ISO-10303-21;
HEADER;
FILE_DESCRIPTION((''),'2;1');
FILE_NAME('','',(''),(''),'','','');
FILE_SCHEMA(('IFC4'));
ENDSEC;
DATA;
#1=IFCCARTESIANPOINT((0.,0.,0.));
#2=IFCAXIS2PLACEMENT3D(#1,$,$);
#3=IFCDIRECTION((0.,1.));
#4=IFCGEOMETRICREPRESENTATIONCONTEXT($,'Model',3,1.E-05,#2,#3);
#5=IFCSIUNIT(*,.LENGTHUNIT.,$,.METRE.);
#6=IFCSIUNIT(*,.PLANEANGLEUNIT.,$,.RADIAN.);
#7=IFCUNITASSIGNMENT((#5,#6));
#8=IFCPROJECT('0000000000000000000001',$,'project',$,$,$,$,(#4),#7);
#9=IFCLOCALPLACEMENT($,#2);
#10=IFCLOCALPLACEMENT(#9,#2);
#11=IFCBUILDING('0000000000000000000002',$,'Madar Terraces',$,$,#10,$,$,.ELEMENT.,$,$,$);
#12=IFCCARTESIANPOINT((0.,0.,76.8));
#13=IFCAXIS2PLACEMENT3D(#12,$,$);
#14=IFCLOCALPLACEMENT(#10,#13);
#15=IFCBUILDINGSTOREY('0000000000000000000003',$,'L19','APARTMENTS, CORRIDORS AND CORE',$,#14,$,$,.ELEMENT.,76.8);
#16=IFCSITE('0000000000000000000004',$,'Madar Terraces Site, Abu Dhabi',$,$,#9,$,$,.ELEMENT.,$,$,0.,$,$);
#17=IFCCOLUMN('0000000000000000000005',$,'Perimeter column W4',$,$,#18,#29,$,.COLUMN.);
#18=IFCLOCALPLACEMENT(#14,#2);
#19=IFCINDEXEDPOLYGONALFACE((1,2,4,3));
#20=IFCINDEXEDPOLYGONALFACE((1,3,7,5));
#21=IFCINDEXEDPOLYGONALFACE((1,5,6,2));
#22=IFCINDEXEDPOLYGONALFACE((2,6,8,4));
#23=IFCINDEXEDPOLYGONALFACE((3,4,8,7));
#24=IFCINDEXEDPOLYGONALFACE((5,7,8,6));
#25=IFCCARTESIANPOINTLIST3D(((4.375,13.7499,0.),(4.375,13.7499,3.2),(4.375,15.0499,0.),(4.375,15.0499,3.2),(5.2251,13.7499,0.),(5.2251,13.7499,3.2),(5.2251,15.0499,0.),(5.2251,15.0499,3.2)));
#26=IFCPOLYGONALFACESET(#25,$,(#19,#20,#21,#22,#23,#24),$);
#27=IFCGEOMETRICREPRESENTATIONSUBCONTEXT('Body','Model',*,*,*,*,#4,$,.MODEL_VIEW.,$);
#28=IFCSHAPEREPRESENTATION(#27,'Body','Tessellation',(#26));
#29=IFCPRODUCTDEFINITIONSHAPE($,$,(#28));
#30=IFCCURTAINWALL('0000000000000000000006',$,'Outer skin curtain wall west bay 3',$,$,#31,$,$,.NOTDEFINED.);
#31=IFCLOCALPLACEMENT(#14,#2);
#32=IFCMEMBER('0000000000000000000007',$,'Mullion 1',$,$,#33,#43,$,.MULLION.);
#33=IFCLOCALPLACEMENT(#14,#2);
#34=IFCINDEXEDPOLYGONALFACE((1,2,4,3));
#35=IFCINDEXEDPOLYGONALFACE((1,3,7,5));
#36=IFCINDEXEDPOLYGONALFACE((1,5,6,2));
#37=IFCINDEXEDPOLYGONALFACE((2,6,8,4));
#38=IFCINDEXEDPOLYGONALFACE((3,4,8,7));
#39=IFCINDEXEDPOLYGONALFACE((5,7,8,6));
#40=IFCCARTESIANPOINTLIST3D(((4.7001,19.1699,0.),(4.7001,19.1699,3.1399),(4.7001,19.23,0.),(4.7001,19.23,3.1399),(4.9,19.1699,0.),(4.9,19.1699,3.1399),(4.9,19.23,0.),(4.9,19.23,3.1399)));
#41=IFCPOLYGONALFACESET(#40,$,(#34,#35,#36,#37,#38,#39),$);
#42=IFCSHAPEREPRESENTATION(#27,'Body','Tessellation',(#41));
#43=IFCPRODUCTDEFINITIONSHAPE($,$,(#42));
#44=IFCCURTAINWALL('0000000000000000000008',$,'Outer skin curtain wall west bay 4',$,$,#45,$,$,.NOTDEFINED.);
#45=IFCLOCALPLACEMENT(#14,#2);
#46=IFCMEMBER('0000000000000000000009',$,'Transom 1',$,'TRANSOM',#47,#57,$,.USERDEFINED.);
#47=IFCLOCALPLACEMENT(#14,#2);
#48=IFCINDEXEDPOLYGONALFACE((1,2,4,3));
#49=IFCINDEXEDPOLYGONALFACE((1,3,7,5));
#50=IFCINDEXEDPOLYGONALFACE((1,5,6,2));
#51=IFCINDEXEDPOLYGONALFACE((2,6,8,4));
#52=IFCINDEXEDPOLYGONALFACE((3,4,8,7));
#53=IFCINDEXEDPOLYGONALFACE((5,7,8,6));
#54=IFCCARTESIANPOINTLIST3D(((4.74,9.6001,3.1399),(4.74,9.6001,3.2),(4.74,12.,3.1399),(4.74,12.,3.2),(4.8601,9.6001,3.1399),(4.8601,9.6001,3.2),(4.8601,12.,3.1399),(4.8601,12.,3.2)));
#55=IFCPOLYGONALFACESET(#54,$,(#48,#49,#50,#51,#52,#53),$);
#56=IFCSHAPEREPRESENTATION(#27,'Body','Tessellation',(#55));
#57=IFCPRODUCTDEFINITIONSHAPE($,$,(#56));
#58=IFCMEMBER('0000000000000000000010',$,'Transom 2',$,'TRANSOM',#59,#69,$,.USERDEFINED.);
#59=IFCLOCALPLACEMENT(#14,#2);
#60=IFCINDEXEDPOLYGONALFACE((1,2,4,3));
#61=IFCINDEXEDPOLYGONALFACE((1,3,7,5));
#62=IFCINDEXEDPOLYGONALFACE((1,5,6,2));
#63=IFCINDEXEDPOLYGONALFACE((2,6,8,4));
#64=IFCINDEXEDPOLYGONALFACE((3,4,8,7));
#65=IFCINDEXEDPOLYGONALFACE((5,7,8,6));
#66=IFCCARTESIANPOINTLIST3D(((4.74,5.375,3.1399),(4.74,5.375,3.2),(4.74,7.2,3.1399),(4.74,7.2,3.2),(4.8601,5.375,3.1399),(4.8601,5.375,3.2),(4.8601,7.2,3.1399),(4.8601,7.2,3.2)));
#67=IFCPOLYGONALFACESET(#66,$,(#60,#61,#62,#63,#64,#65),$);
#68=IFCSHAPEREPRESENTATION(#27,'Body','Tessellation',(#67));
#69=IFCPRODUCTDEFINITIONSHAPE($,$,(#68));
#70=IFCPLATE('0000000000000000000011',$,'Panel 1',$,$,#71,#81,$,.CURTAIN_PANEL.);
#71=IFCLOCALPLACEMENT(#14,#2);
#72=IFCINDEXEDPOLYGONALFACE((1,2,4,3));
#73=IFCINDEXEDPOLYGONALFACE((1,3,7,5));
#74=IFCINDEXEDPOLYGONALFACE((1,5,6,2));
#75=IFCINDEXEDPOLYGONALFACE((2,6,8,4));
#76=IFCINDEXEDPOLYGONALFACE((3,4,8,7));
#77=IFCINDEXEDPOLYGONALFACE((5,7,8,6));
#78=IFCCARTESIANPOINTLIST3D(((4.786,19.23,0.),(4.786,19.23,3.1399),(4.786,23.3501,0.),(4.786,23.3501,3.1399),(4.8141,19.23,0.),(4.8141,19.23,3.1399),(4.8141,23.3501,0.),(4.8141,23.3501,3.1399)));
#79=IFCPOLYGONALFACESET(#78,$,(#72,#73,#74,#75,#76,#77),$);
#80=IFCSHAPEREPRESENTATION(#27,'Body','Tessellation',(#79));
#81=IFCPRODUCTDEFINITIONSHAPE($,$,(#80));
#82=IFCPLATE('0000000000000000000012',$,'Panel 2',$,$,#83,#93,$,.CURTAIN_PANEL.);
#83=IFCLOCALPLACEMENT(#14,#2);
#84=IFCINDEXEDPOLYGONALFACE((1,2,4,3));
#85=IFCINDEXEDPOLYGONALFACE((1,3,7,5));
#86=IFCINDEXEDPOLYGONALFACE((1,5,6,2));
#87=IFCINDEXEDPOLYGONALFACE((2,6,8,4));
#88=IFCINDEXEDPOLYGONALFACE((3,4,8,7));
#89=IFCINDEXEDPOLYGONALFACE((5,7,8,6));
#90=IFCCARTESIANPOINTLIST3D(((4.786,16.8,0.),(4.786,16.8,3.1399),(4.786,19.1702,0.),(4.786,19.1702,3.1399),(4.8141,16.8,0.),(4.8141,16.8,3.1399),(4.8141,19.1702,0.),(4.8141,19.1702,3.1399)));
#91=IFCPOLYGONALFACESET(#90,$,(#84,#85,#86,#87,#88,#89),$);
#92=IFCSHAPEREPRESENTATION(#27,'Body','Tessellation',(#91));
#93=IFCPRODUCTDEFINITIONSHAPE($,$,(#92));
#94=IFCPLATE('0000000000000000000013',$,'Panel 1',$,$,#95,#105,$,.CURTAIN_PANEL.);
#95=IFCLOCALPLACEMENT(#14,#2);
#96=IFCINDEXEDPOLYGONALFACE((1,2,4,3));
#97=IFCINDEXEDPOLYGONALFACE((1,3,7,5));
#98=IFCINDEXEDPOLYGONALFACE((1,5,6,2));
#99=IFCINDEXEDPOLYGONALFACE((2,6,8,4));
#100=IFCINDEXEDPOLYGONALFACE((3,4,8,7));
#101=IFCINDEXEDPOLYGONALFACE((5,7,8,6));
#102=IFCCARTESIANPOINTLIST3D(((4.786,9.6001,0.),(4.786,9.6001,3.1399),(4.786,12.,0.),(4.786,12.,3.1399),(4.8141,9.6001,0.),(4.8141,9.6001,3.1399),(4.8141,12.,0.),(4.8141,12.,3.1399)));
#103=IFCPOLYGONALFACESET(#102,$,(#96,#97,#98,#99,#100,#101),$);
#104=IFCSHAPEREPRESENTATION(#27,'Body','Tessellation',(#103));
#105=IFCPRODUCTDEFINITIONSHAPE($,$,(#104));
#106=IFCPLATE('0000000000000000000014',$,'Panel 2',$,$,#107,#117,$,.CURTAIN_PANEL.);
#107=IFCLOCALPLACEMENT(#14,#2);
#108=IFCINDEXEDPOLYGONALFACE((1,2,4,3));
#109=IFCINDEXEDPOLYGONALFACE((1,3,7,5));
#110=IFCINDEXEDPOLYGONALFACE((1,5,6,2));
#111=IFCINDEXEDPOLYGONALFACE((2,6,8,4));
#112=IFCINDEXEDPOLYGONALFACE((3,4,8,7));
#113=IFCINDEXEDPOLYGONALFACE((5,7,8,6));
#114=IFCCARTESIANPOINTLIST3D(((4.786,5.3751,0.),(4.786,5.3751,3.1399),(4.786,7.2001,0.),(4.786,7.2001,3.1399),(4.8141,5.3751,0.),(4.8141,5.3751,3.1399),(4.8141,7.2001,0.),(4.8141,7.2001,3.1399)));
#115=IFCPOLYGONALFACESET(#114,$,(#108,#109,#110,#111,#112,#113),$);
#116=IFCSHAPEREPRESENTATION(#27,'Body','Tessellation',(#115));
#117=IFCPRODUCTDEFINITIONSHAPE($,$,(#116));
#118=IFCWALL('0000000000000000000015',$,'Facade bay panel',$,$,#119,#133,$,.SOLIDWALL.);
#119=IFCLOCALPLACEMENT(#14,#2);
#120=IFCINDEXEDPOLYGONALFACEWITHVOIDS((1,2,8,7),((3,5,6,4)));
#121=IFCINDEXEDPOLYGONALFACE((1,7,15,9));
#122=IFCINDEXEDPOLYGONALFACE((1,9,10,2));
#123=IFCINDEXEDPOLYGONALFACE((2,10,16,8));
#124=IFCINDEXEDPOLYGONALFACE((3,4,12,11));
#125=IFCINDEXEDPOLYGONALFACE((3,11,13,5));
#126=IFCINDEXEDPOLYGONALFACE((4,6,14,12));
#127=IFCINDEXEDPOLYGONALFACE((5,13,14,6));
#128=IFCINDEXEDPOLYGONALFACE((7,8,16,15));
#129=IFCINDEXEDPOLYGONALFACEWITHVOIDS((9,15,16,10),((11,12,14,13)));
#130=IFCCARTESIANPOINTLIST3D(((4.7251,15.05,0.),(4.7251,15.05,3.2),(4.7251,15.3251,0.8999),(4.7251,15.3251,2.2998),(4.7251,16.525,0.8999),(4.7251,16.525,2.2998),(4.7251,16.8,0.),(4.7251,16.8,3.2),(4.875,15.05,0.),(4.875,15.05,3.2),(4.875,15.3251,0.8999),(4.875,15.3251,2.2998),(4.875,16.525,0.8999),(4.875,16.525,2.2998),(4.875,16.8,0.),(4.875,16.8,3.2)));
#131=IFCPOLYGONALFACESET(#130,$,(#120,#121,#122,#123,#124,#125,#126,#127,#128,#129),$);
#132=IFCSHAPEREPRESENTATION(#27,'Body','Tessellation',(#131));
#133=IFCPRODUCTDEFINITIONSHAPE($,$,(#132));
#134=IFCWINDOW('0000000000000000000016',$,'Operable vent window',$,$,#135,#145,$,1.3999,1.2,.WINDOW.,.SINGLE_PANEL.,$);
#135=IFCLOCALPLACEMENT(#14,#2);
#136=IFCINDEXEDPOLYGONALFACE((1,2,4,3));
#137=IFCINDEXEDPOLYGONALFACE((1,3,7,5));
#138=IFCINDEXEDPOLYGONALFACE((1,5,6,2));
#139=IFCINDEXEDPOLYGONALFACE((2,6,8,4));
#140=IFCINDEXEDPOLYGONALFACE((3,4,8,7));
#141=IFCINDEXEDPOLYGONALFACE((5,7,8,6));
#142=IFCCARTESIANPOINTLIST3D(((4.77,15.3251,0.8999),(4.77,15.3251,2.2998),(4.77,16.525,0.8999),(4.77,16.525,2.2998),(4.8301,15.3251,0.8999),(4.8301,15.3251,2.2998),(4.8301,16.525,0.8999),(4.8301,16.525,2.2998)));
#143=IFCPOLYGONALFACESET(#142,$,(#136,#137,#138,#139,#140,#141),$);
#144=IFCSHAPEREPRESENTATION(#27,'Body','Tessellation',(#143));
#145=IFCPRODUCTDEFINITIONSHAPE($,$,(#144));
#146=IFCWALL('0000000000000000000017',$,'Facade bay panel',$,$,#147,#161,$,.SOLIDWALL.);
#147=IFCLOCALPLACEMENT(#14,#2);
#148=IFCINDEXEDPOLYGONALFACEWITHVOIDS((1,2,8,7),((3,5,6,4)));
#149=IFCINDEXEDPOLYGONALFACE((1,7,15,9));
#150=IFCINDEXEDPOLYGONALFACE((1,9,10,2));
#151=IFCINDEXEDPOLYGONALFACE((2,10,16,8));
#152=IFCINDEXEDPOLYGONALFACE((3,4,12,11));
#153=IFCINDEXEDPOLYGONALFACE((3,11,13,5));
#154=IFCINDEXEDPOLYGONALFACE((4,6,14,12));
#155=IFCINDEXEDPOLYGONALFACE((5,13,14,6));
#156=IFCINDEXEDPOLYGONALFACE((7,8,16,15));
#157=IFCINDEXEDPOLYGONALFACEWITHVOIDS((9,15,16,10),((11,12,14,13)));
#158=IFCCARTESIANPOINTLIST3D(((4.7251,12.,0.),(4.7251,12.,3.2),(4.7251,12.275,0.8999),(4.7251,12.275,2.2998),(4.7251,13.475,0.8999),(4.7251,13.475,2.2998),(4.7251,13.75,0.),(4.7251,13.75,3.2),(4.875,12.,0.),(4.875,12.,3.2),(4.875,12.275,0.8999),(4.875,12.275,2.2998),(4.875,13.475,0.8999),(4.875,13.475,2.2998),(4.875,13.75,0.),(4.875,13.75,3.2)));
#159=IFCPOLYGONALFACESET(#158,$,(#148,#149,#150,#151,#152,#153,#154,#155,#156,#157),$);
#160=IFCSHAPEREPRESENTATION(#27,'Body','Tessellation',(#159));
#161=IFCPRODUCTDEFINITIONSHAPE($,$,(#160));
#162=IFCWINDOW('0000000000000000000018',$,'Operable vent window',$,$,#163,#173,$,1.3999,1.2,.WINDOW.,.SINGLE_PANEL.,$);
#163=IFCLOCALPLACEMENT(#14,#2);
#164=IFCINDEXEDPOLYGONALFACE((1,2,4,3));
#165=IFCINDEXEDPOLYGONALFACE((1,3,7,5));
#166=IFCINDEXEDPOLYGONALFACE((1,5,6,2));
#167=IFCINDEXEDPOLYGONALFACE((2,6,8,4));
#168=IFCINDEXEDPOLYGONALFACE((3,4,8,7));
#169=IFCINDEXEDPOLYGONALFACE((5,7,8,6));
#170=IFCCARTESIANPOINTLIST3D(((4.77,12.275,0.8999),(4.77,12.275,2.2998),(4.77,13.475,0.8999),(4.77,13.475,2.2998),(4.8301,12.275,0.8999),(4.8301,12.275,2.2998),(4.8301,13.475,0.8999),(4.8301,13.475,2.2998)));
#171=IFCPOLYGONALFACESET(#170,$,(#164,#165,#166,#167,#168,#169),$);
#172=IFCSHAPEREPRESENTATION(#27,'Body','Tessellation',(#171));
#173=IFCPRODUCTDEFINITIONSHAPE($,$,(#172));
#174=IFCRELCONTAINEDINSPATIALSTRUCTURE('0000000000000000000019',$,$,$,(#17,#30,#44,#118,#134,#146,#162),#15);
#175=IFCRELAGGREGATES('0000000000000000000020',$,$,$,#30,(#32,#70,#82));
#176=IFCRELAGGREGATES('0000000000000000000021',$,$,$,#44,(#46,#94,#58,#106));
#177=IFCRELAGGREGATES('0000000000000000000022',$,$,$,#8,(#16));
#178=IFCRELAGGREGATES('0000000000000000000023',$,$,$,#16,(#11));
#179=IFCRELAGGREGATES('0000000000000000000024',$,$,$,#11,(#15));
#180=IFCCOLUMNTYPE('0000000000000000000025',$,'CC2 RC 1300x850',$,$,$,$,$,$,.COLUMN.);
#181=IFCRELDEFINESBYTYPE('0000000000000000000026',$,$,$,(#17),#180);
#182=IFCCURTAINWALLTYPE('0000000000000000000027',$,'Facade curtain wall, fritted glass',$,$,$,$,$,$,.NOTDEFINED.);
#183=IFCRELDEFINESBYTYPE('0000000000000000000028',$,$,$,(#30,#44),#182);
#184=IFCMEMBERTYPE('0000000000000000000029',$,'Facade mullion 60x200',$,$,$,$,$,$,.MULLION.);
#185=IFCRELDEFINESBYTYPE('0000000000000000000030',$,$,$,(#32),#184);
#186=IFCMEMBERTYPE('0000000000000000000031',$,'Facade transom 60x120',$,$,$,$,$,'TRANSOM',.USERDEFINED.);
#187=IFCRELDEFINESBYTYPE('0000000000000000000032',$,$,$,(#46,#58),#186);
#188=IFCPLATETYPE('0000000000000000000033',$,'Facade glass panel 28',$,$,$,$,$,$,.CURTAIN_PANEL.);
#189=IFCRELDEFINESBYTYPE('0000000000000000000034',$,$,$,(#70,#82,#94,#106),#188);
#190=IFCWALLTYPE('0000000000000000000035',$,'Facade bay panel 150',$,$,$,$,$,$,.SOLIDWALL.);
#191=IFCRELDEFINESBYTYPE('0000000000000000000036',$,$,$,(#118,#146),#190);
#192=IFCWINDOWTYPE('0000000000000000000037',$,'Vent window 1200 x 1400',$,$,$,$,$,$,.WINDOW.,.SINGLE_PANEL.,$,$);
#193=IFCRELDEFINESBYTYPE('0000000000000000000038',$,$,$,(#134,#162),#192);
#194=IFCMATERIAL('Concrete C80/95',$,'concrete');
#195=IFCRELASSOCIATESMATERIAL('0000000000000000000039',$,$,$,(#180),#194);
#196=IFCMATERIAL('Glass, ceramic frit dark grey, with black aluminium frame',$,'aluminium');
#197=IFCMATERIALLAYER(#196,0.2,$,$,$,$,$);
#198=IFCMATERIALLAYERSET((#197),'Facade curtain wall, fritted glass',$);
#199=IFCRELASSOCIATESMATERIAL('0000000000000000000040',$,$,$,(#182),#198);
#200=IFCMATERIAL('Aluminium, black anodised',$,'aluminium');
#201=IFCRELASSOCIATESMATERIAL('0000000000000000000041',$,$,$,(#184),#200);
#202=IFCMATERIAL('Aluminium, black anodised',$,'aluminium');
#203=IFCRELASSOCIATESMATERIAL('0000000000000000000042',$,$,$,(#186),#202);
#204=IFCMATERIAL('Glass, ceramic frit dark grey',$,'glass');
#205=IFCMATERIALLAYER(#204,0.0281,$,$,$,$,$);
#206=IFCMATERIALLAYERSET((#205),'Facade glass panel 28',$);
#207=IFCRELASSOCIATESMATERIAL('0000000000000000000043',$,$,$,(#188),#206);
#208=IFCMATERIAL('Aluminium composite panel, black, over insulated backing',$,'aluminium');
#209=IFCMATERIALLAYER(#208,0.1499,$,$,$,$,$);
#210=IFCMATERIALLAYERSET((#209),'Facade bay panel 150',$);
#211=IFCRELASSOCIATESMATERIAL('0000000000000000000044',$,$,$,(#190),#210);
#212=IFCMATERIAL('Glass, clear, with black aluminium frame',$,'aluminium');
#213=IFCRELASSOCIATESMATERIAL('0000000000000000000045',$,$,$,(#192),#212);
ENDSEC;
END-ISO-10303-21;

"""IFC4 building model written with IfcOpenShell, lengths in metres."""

from ifc_helpers import new_model, si_unit, direction, frame, frame_2d, origin, origin_2d, place, context, subcontext, project, spatial, rectangle, extrude, material, layer, layer_set, material_profile, profile_set, type_object, element, fill, aggregate, save


model = new_model("IFC4")

# Units and contexts
model_context = context("Model", 3, precision=1e-05, world=origin(), true_north=direction((0.0, 1.0)))
body_context = subcontext(model_context, "Body", "Model", "MODEL_VIEW")
ifc_project = project(units=[si_unit("LENGTHUNIT", "METRE"), si_unit("PLANEANGLEUNIT", "RADIAN")], contexts=[model_context])

# Site, building, storey
site_placement = place(None, origin())
site = spatial("IfcSite", under=ifc_project, at=site_placement, Name="Madar Terraces Site, Abu Dhabi", CompositionType="ELEMENT", RefElevation=0.0)
building_placement = place(site_placement, origin())
building = spatial("IfcBuilding", under=site, at=building_placement, Name="Madar Terraces", CompositionType="ELEMENT")
storey_placement = place(building_placement, frame((0.0, 0.0, 76.8)))
storey = spatial("IfcBuildingStorey", under=building, at=storey_placement, Name="L19", Description="APARTMENTS, CORRIDORS AND CORE", CompositionType="ELEMENT", Elevation=76.8)

# Column
ifc_material_1 = material(Name="Concrete C80/95", Category="concrete")
ifc_material_profile_1 = material_profile(ifc_material_1, rectangle(XDim=1.3, YDim=0.8501, at=origin_2d()), Name="CC2 RC 1300x850")
ifc_profile_set_1 = profile_set([ifc_material_profile_1], Name="Concrete C80/95")
column_type = type_object("IfcColumnType", Name="CC2 RC 1300x850", PredefinedType="COLUMN", material=ifc_profile_set_1)
column_placement = place(storey_placement, frame((4.8, 14.3999, 0.0), z_axis=(0.0, 0.0, 1.0), x_axis=(0.0, 1.0, 0.0)))
element("IfcColumn", 1, at=column_placement, inside=storey, type_object=column_type, Name="Perimeter column W4", PredefinedType="COLUMN", context=body_context, shape_type="SweptSolid", body=[
    extrude(rectangle(XDim=1.3, YDim=0.8501, at=origin_2d()), origin(), (0.0, 0.0, 1.0), 3.2),
])

# Curtain wall, member
ifc_material_2 = material(Name="Glass, ceramic frit dark grey, with black aluminium frame", Category="aluminium")
ifc_layer_1 = layer(ifc_material_2, 0.2)
ifc_layer_set_1 = layer_set([ifc_layer_1], Name="Facade curtain wall, fritted glass")
curtain_wall_type = type_object("IfcCurtainWallType", Name="Facade curtain wall, fritted glass", PredefinedType="NOTDEFINED", material=ifc_layer_set_1)
curtain_wall_1_placement = place(storey_placement, origin())
curtain_wall_1 = element("IfcCurtainWall", 2, at=curtain_wall_1_placement, inside=storey, type_object=curtain_wall_type, Name="Outer skin curtain wall west bay 3", PredefinedType="NOTDEFINED")
ifc_material_3 = material(Name="Aluminium, black anodised", Category="aluminium")
ifc_material_profile_2 = material_profile(ifc_material_3, rectangle(XDim=0.2, YDim=0.0601, at=origin_2d()), Name="Facade mullion 60x200")
ifc_profile_set_2 = profile_set([ifc_material_profile_2], Name="Aluminium, black anodised")
member_type_1 = type_object("IfcMemberType", Name="Facade mullion 60x200", PredefinedType="MULLION", material=ifc_profile_set_2)
member_1_placement = place(storey_placement, frame((4.8, 19.2, 0.0), z_axis=(0.0, 0.0, 1.0), x_axis=(1.0, 0.0, 0.0)))
member_1 = element("IfcMember", 3, at=member_1_placement, type_object=member_type_1, Name="Mullion 1", PredefinedType="MULLION", context=body_context, shape_type="SweptSolid", body=[
    extrude(rectangle(XDim=0.2, YDim=0.0601, at=origin_2d()), origin(), (0.0, 0.0, 1.0), 3.1399),
])

# Curtain wall, members
curtain_wall_2_placement = place(storey_placement, origin())
curtain_wall_2 = element("IfcCurtainWall", 4, at=curtain_wall_2_placement, inside=storey, type_object=curtain_wall_type, Name="Outer skin curtain wall west bay 4", PredefinedType="NOTDEFINED")
ifc_material_4 = material(Name="Aluminium, black anodised", Category="aluminium")
ifc_material_profile_3 = material_profile(ifc_material_4, rectangle(XDim=0.1201, YDim=0.0601, at=origin_2d()), Name="Facade transom 60x120")
ifc_profile_set_3 = profile_set([ifc_material_profile_3], Name="Aluminium, black anodised")
member_type_2 = type_object("IfcMemberType", Name="Facade transom 60x120", ElementType="TRANSOM", PredefinedType="USERDEFINED", material=ifc_profile_set_3)
member_2_placement = place(storey_placement, frame((4.8, 12.0, 3.1699), z_axis=(0.0, -1.0, 0.0), x_axis=(1.0, 0.0, 0.0)))
member_2 = element("IfcMember", 5, at=member_2_placement, type_object=member_type_2, Name="Transom 1", ObjectType="TRANSOM", PredefinedType="USERDEFINED", context=body_context, shape_type="SweptSolid", body=[
    extrude(rectangle(XDim=0.1201, YDim=0.0601, at=origin_2d()), origin(), (0.0, 0.0, 1.0), 2.3999),
])
member_3_placement = place(storey_placement, frame((4.8, 7.2, 3.1699), z_axis=(0.0, -1.0, 0.0), x_axis=(1.0, 0.0, 0.0)))
member_3 = element("IfcMember", 6, at=member_3_placement, type_object=member_type_2, Name="Transom 2", ObjectType="TRANSOM", PredefinedType="USERDEFINED", context=body_context, shape_type="SweptSolid", body=[
    extrude(rectangle(XDim=0.1201, YDim=0.0601, at=origin_2d()), origin(), (0.0, 0.0, 1.0), 1.825),
])

# Plates
ifc_material_5 = material(Name="Glass, ceramic frit dark grey", Category="glass")
ifc_layer_2 = layer(ifc_material_5, 0.0281)
ifc_layer_set_2 = layer_set([ifc_layer_2], Name="Facade glass panel 28")
plate_type = type_object("IfcPlateType", Name="Facade glass panel 28", PredefinedType="CURTAIN_PANEL", material=ifc_layer_set_2)
plate_1_placement = place(storey_placement, frame((4.8, 21.29, 0.0), z_axis=(0.0, 0.0, 1.0), x_axis=(0.0, -1.0, 0.0)))
plate_1 = element("IfcPlate", 7, at=plate_1_placement, type_object=plate_type, Name="Panel 1", PredefinedType="CURTAIN_PANEL", context=body_context, shape_type="SweptSolid", body=[
    extrude(rectangle(XDim=4.1201, YDim=0.0281, at=origin_2d()), origin(), (0.0, 0.0, 1.0), 3.1399),
])
plate_2_placement = place(storey_placement, frame((4.8, 17.9851, 0.0), z_axis=(0.0, 0.0, 1.0), x_axis=(0.0, -1.0, 0.0)))
plate_2 = element("IfcPlate", 8, at=plate_2_placement, type_object=plate_type, Name="Panel 2", PredefinedType="CURTAIN_PANEL", context=body_context, shape_type="SweptSolid", body=[
    extrude(rectangle(XDim=2.3701, YDim=0.0281, at=origin_2d()), origin(), (0.0, 0.0, 1.0), 3.1399),
])
aggregate(curtain_wall_1, [member_1, plate_1, plate_2])
plate_3_placement = place(storey_placement, frame((4.8, 10.8, 0.0), z_axis=(0.0, 0.0, 1.0), x_axis=(0.0, -1.0, 0.0)))
plate_3 = element("IfcPlate", 9, at=plate_3_placement, type_object=plate_type, Name="Panel 1", PredefinedType="CURTAIN_PANEL", context=body_context, shape_type="SweptSolid", body=[
    extrude(rectangle(XDim=2.3999, YDim=0.0281, at=origin_2d()), origin(), (0.0, 0.0, 1.0), 3.1399),
])
plate_4_placement = place(storey_placement, frame((4.8, 6.2876, 0.0), z_axis=(0.0, 0.0, 1.0), x_axis=(0.0, -1.0, 0.0)))
plate_4 = element("IfcPlate", 10, at=plate_4_placement, type_object=plate_type, Name="Panel 2", PredefinedType="CURTAIN_PANEL", context=body_context, shape_type="SweptSolid", body=[
    extrude(rectangle(XDim=1.825, YDim=0.0281, at=origin_2d()), origin(), (0.0, 0.0, 1.0), 3.1399),
])
aggregate(curtain_wall_2, [member_2, plate_3, member_3, plate_4])

# Walls, openings, windows
ifc_material_6 = material(Name="Aluminium composite panel, black, over insulated backing", Category="aluminium")
ifc_layer_3 = layer(ifc_material_6, 0.1499)
ifc_layer_set_3 = layer_set([ifc_layer_3], Name="Facade bay panel 150")
wall_type_1 = type_object("IfcWallType", Name="Facade bay panel 150", PredefinedType="SOLIDWALL", material=ifc_layer_set_3)
wall_1_placement = place(storey_placement, frame((4.8, 16.8, 0.0), z_axis=(0.0, 0.0, 1.0), x_axis=(0.0, -1.0, 0.0)))
wall_1 = element("IfcWall", 11, at=wall_1_placement, inside=storey, type_object=wall_type_1, Name="Facade bay panel", PredefinedType="SOLIDWALL", context=body_context, shape_type="SweptSolid", body=[
    extrude(rectangle(XDim=1.75, YDim=0.1499, at=frame_2d((0.875, 0.0))), origin(), (0.0, 0.0, 1.0), 3.2),
])
opening_1_placement = place(wall_1_placement, frame((0.2749, 0.0, 0.8999)))
opening_1 = element("IfcOpeningElement", 12, at=opening_1_placement, cuts=wall_1, PredefinedType="OPENING", context=body_context, shape_type="SweptSolid", body=[
    extrude(rectangle(XDim=1.2, YDim=1.3999, at=frame_2d((0.6001, 0.7))), frame((0.0, 0.085, 0.0), z_axis=(0.0, -1.0, 0.0), x_axis=(1.0, 0.0, 0.0)), (0.0, 0.0, 1.0), 0.1699),
])
ifc_material_7 = material(Name="Glass, clear, with black aluminium frame", Category="aluminium")
window_type = type_object("IfcWindowType", Name="Vent window 1200 x 1400", PartitioningType="SINGLE_PANEL", PredefinedType="WINDOW", material=ifc_material_7)
window_1_placement = place(opening_1_placement, origin())
window_1 = element("IfcWindow", 13, at=window_1_placement, inside=storey, type_object=window_type, Name="Operable vent window", OverallHeight=1.3999, OverallWidth=1.2, PartitioningType="SINGLE_PANEL", PredefinedType="WINDOW", context=body_context, shape_type="SweptSolid", body=[
    extrude(rectangle(XDim=1.2, YDim=1.3999, at=frame_2d((0.6001, 0.7))), frame((0.0, 0.03, 0.0), z_axis=(0.0, -1.0, 0.0), x_axis=(1.0, 0.0, 0.0)), (0.0, 0.0, 1.0), 0.0601),
])
fill(opening_1, window_1)
wall_2_placement = place(storey_placement, frame((4.8, 13.75, 0.0), z_axis=(0.0, 0.0, 1.0), x_axis=(0.0, -1.0, 0.0)))
wall_2 = element("IfcWall", 14, at=wall_2_placement, inside=storey, type_object=wall_type_1, Name="Facade bay panel", PredefinedType="SOLIDWALL", context=body_context, shape_type="SweptSolid", body=[
    extrude(rectangle(XDim=1.75, YDim=0.1499, at=frame_2d((0.875, 0.0))), origin(), (0.0, 0.0, 1.0), 3.2),
])
opening_2_placement = place(wall_2_placement, frame((0.2749, 0.0, 0.8999)))
opening_2 = element("IfcOpeningElement", 15, at=opening_2_placement, cuts=wall_2, PredefinedType="OPENING", context=body_context, shape_type="SweptSolid", body=[
    extrude(rectangle(XDim=1.2, YDim=1.3999, at=frame_2d((0.6001, 0.7))), frame((0.0, 0.085, 0.0), z_axis=(0.0, -1.0, 0.0), x_axis=(1.0, 0.0, 0.0)), (0.0, 0.0, 1.0), 0.1699),
])
window_2_placement = place(opening_2_placement, origin())
window_2 = element("IfcWindow", 16, at=window_2_placement, inside=storey, type_object=window_type, Name="Operable vent window", OverallHeight=1.3999, OverallWidth=1.2, PartitioningType="SINGLE_PANEL", PredefinedType="WINDOW", context=body_context, shape_type="SweptSolid", body=[
    extrude(rectangle(XDim=1.2, YDim=1.3999, at=frame_2d((0.6001, 0.7))), frame((0.0, 0.03, 0.0), z_axis=(0.0, -1.0, 0.0), x_axis=(1.0, 0.0, 0.0)), (0.0, 0.0, 1.0), 0.0601),
])
fill(opening_2, window_2)

save(model, "model.ifc")
